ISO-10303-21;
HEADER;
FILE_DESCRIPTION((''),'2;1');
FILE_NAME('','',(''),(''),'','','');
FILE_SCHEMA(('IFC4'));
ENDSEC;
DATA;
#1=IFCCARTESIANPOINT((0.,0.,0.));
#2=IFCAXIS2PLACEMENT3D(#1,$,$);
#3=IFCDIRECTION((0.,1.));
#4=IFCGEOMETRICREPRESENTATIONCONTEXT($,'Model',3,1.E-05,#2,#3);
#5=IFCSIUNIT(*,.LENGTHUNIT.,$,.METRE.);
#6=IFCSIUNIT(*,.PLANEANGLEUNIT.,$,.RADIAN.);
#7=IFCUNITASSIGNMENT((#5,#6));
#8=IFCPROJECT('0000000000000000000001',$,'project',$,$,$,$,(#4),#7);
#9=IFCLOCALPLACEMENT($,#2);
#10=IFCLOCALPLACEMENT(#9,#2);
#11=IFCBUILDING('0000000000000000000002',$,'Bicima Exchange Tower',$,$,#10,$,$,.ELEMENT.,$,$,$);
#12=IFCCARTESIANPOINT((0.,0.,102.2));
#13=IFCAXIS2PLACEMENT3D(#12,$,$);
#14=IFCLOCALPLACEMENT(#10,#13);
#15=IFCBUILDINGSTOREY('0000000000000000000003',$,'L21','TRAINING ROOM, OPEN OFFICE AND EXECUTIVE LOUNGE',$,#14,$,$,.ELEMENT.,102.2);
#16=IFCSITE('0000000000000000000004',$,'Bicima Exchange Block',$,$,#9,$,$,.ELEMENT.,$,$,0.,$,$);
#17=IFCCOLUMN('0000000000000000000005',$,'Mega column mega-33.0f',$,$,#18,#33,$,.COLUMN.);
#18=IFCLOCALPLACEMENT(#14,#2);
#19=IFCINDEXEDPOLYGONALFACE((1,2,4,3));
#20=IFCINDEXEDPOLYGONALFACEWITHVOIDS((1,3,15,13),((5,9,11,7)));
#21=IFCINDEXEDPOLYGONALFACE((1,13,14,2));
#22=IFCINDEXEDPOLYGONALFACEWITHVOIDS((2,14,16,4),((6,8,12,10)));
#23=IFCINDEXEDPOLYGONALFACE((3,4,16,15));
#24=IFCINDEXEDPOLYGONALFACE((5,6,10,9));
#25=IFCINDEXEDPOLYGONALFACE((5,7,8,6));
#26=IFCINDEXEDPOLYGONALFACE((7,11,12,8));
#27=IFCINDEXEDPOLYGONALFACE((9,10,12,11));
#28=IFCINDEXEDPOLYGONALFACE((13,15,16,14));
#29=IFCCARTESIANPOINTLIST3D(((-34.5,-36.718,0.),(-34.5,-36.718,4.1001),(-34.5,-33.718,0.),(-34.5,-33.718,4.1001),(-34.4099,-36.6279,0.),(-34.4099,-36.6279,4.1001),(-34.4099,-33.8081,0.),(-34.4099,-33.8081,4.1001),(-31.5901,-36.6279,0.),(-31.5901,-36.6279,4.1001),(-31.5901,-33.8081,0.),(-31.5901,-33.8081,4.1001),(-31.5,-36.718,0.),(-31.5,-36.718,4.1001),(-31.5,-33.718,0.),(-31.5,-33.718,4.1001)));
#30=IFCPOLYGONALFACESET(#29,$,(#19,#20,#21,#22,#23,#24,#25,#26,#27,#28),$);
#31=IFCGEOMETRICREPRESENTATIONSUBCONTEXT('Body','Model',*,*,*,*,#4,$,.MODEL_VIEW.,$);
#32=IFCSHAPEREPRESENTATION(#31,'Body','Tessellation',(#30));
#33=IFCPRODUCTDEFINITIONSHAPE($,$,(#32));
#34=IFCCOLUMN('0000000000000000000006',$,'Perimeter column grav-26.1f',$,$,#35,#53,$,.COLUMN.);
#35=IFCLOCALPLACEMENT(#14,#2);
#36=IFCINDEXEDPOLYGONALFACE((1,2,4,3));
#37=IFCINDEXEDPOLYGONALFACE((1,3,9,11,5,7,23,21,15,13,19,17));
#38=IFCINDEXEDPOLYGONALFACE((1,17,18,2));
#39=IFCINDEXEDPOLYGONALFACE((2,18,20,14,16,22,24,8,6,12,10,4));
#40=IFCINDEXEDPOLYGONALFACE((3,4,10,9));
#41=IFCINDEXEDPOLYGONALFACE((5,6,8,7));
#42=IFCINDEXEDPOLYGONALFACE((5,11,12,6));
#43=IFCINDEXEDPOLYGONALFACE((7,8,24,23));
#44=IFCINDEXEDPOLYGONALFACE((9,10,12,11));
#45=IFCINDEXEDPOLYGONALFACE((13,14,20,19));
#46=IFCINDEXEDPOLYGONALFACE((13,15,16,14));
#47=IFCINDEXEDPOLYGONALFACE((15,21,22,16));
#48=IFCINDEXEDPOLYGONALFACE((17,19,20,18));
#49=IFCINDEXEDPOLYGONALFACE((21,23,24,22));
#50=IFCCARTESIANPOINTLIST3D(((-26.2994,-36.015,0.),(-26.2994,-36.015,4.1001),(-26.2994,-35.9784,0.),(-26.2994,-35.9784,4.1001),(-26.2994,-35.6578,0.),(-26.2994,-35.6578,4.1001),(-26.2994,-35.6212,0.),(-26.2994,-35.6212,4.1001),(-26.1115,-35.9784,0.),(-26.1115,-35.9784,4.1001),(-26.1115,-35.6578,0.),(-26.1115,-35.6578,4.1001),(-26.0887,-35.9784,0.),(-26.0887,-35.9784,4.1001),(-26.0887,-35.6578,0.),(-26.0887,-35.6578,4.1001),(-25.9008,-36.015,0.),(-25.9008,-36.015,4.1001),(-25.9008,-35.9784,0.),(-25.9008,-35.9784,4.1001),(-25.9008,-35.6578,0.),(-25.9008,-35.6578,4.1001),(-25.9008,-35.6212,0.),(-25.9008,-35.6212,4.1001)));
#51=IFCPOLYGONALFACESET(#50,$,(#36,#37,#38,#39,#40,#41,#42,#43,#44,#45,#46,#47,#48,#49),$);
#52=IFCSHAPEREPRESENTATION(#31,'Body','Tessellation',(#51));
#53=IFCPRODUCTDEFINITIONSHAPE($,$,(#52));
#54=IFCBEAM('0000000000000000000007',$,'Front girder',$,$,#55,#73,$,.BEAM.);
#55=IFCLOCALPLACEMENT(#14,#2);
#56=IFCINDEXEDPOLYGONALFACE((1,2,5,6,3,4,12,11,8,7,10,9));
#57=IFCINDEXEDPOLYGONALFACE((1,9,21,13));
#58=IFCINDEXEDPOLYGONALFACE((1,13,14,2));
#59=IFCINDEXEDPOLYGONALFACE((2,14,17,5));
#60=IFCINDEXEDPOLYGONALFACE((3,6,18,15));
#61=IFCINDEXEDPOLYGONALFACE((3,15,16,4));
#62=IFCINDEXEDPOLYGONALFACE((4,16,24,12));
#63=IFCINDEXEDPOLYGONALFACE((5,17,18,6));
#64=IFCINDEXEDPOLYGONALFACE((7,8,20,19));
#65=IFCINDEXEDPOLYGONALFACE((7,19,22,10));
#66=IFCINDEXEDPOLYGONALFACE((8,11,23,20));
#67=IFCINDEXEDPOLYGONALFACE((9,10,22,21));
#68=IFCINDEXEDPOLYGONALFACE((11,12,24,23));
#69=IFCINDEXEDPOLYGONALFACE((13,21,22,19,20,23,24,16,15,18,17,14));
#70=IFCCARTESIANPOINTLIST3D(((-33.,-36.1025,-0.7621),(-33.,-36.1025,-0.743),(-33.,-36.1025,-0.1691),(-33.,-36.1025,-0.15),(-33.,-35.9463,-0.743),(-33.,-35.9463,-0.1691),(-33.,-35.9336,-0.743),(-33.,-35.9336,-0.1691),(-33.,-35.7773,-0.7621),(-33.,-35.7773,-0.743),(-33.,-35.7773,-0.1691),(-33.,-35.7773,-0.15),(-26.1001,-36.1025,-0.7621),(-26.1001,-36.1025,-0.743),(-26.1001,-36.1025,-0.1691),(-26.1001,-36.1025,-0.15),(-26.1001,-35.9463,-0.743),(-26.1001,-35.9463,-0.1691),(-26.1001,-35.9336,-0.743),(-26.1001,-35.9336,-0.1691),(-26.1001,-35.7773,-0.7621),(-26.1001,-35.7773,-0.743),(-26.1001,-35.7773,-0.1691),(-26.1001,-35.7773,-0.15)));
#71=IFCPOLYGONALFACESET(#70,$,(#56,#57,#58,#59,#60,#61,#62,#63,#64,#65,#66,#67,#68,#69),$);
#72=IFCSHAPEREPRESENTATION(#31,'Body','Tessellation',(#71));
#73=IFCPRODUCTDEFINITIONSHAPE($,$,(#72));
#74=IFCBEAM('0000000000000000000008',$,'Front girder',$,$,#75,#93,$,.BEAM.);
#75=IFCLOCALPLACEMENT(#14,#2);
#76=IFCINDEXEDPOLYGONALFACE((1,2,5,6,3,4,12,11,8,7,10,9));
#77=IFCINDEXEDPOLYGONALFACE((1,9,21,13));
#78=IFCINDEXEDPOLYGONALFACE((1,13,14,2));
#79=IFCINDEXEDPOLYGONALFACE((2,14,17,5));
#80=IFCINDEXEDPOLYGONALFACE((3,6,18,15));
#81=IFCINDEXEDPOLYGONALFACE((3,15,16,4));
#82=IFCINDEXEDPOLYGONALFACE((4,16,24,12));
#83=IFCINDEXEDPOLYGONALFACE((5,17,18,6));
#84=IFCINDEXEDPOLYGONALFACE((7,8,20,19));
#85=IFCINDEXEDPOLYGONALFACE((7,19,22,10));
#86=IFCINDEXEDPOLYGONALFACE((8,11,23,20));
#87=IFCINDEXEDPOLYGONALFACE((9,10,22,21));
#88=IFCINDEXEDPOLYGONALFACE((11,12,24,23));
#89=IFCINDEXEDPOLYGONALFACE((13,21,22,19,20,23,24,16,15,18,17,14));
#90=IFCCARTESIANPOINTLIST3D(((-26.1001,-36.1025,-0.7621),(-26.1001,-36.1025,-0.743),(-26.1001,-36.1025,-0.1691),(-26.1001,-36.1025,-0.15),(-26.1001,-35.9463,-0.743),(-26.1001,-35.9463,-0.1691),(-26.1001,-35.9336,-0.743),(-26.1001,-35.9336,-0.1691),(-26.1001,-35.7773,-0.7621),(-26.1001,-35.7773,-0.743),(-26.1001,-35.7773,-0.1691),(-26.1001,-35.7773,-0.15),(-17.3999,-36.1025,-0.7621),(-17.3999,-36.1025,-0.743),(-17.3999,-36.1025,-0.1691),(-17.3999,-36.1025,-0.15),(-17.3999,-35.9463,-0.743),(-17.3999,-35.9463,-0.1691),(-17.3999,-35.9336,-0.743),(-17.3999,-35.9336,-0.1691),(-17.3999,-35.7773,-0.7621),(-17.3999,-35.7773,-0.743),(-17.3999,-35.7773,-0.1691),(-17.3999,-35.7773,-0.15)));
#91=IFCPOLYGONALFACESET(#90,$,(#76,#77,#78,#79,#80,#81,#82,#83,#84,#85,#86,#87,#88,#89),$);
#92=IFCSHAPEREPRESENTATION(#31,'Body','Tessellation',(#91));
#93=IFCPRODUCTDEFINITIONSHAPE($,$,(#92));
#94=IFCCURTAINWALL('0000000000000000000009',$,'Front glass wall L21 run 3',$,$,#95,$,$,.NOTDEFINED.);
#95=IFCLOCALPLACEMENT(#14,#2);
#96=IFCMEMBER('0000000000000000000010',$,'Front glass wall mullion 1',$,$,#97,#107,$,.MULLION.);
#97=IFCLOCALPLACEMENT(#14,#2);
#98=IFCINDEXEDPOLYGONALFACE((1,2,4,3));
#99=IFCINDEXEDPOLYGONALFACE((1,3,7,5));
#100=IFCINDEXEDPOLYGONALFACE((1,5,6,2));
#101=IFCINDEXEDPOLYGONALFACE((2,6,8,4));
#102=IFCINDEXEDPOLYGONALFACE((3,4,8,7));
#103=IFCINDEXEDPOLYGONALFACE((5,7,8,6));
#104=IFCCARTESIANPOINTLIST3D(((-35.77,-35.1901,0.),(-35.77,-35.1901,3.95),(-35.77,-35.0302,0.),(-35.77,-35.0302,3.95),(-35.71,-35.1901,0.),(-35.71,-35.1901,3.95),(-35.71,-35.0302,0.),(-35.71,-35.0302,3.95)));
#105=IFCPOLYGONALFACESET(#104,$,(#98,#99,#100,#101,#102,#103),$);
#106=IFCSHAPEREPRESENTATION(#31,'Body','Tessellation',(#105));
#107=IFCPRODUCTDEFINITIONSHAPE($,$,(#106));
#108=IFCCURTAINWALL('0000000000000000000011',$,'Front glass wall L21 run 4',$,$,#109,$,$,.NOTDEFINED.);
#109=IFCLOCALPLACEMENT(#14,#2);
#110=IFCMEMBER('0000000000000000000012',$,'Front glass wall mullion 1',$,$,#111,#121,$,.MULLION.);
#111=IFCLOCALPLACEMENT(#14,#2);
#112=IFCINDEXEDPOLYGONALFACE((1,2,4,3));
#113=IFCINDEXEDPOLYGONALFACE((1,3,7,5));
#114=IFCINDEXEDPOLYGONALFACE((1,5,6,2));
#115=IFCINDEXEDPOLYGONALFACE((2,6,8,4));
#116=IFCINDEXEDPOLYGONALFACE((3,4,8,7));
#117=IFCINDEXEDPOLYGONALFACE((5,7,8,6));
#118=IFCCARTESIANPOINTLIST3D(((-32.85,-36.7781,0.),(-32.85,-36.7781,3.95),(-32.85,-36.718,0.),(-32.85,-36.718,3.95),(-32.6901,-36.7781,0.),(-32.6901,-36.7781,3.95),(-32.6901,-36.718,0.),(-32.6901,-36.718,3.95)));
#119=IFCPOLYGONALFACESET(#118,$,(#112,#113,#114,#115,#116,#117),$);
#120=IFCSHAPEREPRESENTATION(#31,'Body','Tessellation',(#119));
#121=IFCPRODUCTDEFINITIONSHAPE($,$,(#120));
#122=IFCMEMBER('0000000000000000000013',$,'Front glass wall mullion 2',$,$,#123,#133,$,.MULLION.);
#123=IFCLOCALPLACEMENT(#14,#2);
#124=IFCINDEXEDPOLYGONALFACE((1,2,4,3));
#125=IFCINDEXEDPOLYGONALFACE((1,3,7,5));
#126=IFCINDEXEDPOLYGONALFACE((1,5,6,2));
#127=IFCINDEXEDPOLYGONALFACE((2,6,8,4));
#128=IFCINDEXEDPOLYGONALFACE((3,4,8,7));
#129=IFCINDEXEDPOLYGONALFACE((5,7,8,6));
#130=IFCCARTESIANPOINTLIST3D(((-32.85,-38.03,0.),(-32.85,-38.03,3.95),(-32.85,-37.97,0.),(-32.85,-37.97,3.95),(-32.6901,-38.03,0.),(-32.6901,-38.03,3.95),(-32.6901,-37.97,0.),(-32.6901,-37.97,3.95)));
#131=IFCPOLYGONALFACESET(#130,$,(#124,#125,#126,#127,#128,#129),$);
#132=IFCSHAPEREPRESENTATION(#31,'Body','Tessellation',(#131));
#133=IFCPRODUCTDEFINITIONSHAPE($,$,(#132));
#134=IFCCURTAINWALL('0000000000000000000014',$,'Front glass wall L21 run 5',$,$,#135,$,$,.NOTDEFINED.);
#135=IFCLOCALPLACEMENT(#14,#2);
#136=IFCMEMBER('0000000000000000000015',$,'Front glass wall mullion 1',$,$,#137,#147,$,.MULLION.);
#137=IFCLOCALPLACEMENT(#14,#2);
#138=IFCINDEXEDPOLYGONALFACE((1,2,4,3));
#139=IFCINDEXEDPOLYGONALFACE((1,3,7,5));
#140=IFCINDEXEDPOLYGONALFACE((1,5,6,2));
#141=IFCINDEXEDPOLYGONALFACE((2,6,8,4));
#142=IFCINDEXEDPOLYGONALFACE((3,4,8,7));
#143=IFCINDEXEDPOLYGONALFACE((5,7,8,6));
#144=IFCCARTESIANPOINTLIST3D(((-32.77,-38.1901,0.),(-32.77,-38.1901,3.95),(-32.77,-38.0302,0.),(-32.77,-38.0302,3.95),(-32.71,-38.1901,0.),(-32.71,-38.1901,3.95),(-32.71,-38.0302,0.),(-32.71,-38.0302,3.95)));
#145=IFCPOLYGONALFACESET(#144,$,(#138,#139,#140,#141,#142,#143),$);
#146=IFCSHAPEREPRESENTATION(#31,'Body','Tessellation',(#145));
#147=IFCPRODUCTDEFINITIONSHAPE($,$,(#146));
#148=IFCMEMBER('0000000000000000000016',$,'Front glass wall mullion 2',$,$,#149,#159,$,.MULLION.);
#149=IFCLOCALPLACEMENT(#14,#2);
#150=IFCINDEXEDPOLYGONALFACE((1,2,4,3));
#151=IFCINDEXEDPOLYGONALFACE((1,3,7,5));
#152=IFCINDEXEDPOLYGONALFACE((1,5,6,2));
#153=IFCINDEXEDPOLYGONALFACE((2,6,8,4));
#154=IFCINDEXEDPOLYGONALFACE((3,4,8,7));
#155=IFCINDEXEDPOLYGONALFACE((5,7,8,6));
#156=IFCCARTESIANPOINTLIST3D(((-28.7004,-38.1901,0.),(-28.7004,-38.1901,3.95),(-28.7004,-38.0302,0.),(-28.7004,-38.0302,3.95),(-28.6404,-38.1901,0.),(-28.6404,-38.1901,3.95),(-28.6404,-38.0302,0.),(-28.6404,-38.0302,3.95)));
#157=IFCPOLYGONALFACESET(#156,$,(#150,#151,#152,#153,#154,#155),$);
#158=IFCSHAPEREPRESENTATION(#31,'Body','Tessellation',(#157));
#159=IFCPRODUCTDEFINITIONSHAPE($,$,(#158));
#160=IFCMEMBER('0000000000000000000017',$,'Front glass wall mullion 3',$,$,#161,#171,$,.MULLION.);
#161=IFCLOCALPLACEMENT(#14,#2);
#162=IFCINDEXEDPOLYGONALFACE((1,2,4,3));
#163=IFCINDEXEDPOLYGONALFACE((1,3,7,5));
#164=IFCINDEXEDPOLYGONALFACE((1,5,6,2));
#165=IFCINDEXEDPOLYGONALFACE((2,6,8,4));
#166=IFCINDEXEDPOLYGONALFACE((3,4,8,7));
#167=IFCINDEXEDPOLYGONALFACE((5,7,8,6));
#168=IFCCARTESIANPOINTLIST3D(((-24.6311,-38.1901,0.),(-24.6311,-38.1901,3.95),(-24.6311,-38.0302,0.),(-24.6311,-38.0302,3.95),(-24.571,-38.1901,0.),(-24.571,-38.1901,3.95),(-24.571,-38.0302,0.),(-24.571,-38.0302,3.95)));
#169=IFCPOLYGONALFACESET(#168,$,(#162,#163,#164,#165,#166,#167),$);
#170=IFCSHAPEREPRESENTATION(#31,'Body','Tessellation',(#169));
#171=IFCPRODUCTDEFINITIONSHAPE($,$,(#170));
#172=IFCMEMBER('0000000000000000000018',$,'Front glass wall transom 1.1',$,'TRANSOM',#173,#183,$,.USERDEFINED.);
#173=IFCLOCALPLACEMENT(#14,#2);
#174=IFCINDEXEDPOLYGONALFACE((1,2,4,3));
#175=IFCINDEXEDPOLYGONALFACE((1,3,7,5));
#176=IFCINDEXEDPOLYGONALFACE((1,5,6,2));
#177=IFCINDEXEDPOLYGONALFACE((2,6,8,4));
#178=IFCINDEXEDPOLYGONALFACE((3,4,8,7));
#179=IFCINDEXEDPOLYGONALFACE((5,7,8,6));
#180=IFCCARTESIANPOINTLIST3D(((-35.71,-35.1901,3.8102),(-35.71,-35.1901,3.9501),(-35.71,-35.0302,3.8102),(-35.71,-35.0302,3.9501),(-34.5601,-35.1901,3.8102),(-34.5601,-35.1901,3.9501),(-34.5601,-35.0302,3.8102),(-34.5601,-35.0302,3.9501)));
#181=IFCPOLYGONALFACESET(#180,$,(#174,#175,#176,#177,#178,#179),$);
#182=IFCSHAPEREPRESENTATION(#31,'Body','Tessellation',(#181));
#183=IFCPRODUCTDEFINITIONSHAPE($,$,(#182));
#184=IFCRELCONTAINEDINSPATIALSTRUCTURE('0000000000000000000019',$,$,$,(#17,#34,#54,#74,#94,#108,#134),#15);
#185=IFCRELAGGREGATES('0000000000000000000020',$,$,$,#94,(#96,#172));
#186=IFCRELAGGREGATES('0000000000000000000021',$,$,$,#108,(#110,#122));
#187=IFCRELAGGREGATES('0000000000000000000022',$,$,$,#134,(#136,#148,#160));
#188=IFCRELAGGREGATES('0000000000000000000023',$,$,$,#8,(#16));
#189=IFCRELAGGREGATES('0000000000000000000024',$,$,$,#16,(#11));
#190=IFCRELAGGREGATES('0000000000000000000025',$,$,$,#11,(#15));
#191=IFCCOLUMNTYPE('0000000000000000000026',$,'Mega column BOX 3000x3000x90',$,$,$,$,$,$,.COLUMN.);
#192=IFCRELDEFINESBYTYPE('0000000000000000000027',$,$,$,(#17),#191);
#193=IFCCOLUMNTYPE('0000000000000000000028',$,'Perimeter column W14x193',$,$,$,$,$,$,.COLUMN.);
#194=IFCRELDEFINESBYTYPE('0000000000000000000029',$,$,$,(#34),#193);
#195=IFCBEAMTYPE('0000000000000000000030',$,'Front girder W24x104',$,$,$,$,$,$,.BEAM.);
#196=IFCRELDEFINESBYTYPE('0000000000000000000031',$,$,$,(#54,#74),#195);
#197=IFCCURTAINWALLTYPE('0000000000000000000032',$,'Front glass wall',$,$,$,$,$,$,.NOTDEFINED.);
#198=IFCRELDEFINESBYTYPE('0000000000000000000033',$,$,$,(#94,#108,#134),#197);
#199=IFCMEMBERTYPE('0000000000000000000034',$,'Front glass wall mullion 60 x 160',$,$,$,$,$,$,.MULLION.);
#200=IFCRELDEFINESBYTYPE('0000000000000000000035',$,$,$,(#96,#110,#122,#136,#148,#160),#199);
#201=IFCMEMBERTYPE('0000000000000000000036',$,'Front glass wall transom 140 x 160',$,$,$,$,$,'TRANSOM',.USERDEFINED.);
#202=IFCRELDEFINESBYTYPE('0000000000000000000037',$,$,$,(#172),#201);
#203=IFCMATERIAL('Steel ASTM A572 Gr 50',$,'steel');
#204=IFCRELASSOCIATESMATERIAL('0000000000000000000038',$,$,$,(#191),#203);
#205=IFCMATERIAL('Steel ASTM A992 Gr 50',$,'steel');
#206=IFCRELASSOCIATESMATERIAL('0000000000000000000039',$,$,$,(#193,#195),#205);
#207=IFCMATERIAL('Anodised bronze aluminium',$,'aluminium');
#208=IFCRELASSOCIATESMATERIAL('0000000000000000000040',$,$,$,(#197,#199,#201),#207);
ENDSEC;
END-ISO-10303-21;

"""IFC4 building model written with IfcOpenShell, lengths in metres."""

from ifc_helpers import new_model, si_unit, direction, frame, origin, origin_2d, place, context, subcontext, project, spatial, rectangle, hollow_rectangle, i_section, extrude, material, material_profile, profile_set, type_object, element, aggregate, save


model = new_model("IFC4")

# Units and contexts
model_context = context("Model", 3, precision=1e-05, world=origin(), true_north=direction((0.0, 1.0)))
body_context = subcontext(model_context, "Body", "Model", "MODEL_VIEW")
ifc_project = project(units=[si_unit("LENGTHUNIT", "METRE"), si_unit("PLANEANGLEUNIT", "RADIAN")], contexts=[model_context])

# Site, building, storey
site_placement = place(None, origin())
site = spatial("IfcSite", under=ifc_project, at=site_placement, Name="Bicima Exchange Block", CompositionType="ELEMENT", RefElevation=0.0)
building_placement = place(site_placement, origin())
building = spatial("IfcBuilding", under=site, at=building_placement, Name="Bicima Exchange Tower", CompositionType="ELEMENT")
storey_placement = place(building_placement, frame((0.0, 0.0, 102.2)))
storey = spatial("IfcBuildingStorey", under=building, at=storey_placement, Name="L21", Description="TRAINING ROOM, OPEN OFFICE AND EXECUTIVE LOUNGE", CompositionType="ELEMENT", Elevation=102.2)

# Columns
ifc_material_1 = material(Name="Steel ASTM A572 Gr 50", Category="steel")
ifc_material_profile_1 = material_profile(ifc_material_1, hollow_rectangle(XDim=3.0, YDim=3.0, WallThickness=0.0901, at=origin_2d()))
ifc_profile_set_1 = profile_set([ifc_material_profile_1], Name="Steel ASTM A572 Gr 50")
column_type_1 = type_object("IfcColumnType", Name="Mega column BOX 3000x3000x90", PredefinedType="COLUMN", material=ifc_profile_set_1)
column_1_placement = place(storey_placement, frame((-33.0, -35.218, 0.0), z_axis=(0.0, 0.0, 1.0), x_axis=(1.0, 0.0, 0.0)))
element("IfcColumn", 1, at=column_1_placement, inside=storey, type_object=column_type_1, Name="Mega column mega-33.0f", PredefinedType="COLUMN", context=body_context, shape_type="SweptSolid", body=[
    extrude(hollow_rectangle(XDim=3.0, YDim=3.0, WallThickness=0.0901, at=origin_2d()), origin(), (0.0, 0.0, 1.0), 4.1001),
])
ifc_material_2 = material(Name="Steel ASTM A992 Gr 50", Category="steel")
ifc_material_profile_2 = material_profile(ifc_material_2, i_section(OverallWidth=0.3987, OverallDepth=0.3938, WebThickness=0.0227, FlangeThickness=0.0366, at=origin_2d()))
ifc_profile_set_2 = profile_set([ifc_material_profile_2], Name="Steel ASTM A992 Gr 50")
column_type_2 = type_object("IfcColumnType", Name="Perimeter column W14x193", PredefinedType="COLUMN", material=ifc_profile_set_2)
column_2_placement = place(storey_placement, frame((-26.1001, -35.8181, 0.0), z_axis=(0.0, 0.0, 1.0), x_axis=(1.0, 0.0, 0.0)))
element("IfcColumn", 2, at=column_2_placement, inside=storey, type_object=column_type_2, Name="Perimeter column grav-26.1f", PredefinedType="COLUMN", context=body_context, shape_type="SweptSolid", body=[
    extrude(i_section(OverallWidth=0.3987, OverallDepth=0.3938, WebThickness=0.0227, FlangeThickness=0.0366, at=origin_2d()), origin(), (0.0, 0.0, 1.0), 4.1001),
])

# Beams
ifc_material_profile_3 = material_profile(ifc_material_2, i_section(OverallWidth=0.3252, OverallDepth=0.6121, WebThickness=0.0127, FlangeThickness=0.019, at=origin_2d()))
ifc_profile_set_3 = profile_set([ifc_material_profile_3], Name="Steel ASTM A992 Gr 50")
beam_type = type_object("IfcBeamType", Name="Front girder W24x104", PredefinedType="BEAM", material=ifc_profile_set_3)
beam_1_placement = place(storey_placement, frame((-33.0, -35.9399, -0.4561), z_axis=(1.0, 0.0, 0.0), x_axis=(0.0, 1.0, 0.0)))
element("IfcBeam", 3, at=beam_1_placement, inside=storey, type_object=beam_type, Name="Front girder", PredefinedType="BEAM", context=body_context, shape_type="SweptSolid", body=[
    extrude(i_section(OverallWidth=0.3252, OverallDepth=0.6121, WebThickness=0.0127, FlangeThickness=0.019, at=origin_2d()), origin(), (0.0, 0.0, 1.0), 6.8999),
])
beam_2_placement = place(storey_placement, frame((-26.1001, -35.9399, -0.4561), z_axis=(1.0, 0.0, 0.0), x_axis=(0.0, 1.0, 0.0)))
element("IfcBeam", 4, at=beam_2_placement, inside=storey, type_object=beam_type, Name="Front girder", PredefinedType="BEAM", context=body_context, shape_type="SweptSolid", body=[
    extrude(i_section(OverallWidth=0.3252, OverallDepth=0.6121, WebThickness=0.0127, FlangeThickness=0.019, at=origin_2d()), origin(), (0.0, 0.0, 1.0), 8.7002),
])

# Curtain wall, member
ifc_material_3 = material(Name="Anodised bronze aluminium", Category="aluminium")
curtain_wall_type = type_object("IfcCurtainWallType", Name="Front glass wall", PredefinedType="NOTDEFINED", material=ifc_material_3)
curtain_wall_1_placement = place(storey_placement, origin())
curtain_wall_1 = element("IfcCurtainWall", 5, at=curtain_wall_1_placement, inside=storey, type_object=curtain_wall_type, Name="Front glass wall L21 run 3", PredefinedType="NOTDEFINED")
ifc_material_profile_4 = material_profile(ifc_material_3, rectangle(XDim=0.1599, YDim=0.0601, at=origin_2d()))
ifc_profile_set_4 = profile_set([ifc_material_profile_4], Name="Anodised bronze aluminium")
member_type_1 = type_object("IfcMemberType", Name="Front glass wall mullion 60 x 160", PredefinedType="MULLION", material=ifc_profile_set_4)
member_1_placement = place(storey_placement, frame((-35.74, -35.1101, 0.0), z_axis=(0.0, 0.0, 1.0), x_axis=(0.0, 1.0, 0.0)))
member_1 = element("IfcMember", 6, at=member_1_placement, type_object=member_type_1, Name="Front glass wall mullion 1", PredefinedType="MULLION", context=body_context, shape_type="SweptSolid", body=[
    extrude(rectangle(XDim=0.1599, YDim=0.0601, at=origin_2d()), origin(), (0.0, 0.0, 1.0), 3.95),
])

# Curtain walls, members
curtain_wall_2_placement = place(storey_placement, origin())
curtain_wall_2 = element("IfcCurtainWall", 7, at=curtain_wall_2_placement, inside=storey, type_object=curtain_wall_type, Name="Front glass wall L21 run 4", PredefinedType="NOTDEFINED")
member_2_placement = place(storey_placement, frame((-32.77, -36.748, 0.0), z_axis=(0.0, 0.0, 1.0), x_axis=(1.0, 0.0, 0.0)))
member_2 = element("IfcMember", 8, at=member_2_placement, type_object=member_type_1, Name="Front glass wall mullion 1", PredefinedType="MULLION", context=body_context, shape_type="SweptSolid", body=[
    extrude(rectangle(XDim=0.1599, YDim=0.0601, at=origin_2d()), origin(), (0.0, 0.0, 1.0), 3.95),
])
member_3_placement = place(storey_placement, frame((-32.77, -38.0, 0.0), z_axis=(0.0, 0.0, 1.0), x_axis=(1.0, 0.0, 0.0)))
member_3 = element("IfcMember", 9, at=member_3_placement, type_object=member_type_1, Name="Front glass wall mullion 2", PredefinedType="MULLION", context=body_context, shape_type="SweptSolid", body=[
    extrude(rectangle(XDim=0.1599, YDim=0.0601, at=origin_2d()), origin(), (0.0, 0.0, 1.0), 3.95),
])
curtain_wall_3_placement = place(storey_placement, origin())
curtain_wall_3 = element("IfcCurtainWall", 10, at=curtain_wall_3_placement, inside=storey, type_object=curtain_wall_type, Name="Front glass wall L21 run 5", PredefinedType="NOTDEFINED")
member_4_placement = place(storey_placement, frame((-32.74, -38.1101, 0.0), z_axis=(0.0, 0.0, 1.0), x_axis=(0.0, 1.0, 0.0)))
member_4 = element("IfcMember", 11, at=member_4_placement, type_object=member_type_1, Name="Front glass wall mullion 1", PredefinedType="MULLION", context=body_context, shape_type="SweptSolid", body=[
    extrude(rectangle(XDim=0.1599, YDim=0.0601, at=origin_2d()), origin(), (0.0, 0.0, 1.0), 3.95),
])
member_5_placement = place(storey_placement, frame((-28.6704, -38.1101, 0.0), z_axis=(0.0, 0.0, 1.0), x_axis=(0.0, 1.0, 0.0)))
member_5 = element("IfcMember", 12, at=member_5_placement, type_object=member_type_1, Name="Front glass wall mullion 2", PredefinedType="MULLION", context=body_context, shape_type="SweptSolid", body=[
    extrude(rectangle(XDim=0.1599, YDim=0.0601, at=origin_2d()), origin(), (0.0, 0.0, 1.0), 3.95),
])
member_6_placement = place(storey_placement, frame((-24.6011, -38.1101, 0.0), z_axis=(0.0, 0.0, 1.0), x_axis=(0.0, 1.0, 0.0)))
member_6 = element("IfcMember", 13, at=member_6_placement, type_object=member_type_1, Name="Front glass wall mullion 3", PredefinedType="MULLION", context=body_context, shape_type="SweptSolid", body=[
    extrude(rectangle(XDim=0.1599, YDim=0.0601, at=origin_2d()), origin(), (0.0, 0.0, 1.0), 3.95),
])

# Member
ifc_material_profile_5 = material_profile(ifc_material_3, rectangle(XDim=0.1599, YDim=0.1399, at=origin_2d()))
ifc_profile_set_5 = profile_set([ifc_material_profile_5], Name="Anodised bronze aluminium")
member_type_2 = type_object("IfcMemberType", Name="Front glass wall transom 140 x 160", ElementType="TRANSOM", PredefinedType="USERDEFINED", material=ifc_profile_set_5)
member_7_placement = place(storey_placement, frame((-35.71, -35.1101, 3.8801), z_axis=(1.0, 0.0, 0.0), x_axis=(0.0, 1.0, 0.0)))
member_7 = element("IfcMember", 14, at=member_7_placement, type_object=member_type_2, Name="Front glass wall transom 1.1", ObjectType="TRANSOM", PredefinedType="USERDEFINED", context=body_context, shape_type="SweptSolid", body=[
    extrude(rectangle(XDim=0.1599, YDim=0.1399, at=origin_2d()), origin(), (0.0, 0.0, 1.0), 1.1499),
])
aggregate(curtain_wall_1, [member_1, member_7])

aggregate(curtain_wall_2, [member_2, member_3])
aggregate(curtain_wall_3, [member_4, member_5, member_6])

save(model, "model.ifc")
